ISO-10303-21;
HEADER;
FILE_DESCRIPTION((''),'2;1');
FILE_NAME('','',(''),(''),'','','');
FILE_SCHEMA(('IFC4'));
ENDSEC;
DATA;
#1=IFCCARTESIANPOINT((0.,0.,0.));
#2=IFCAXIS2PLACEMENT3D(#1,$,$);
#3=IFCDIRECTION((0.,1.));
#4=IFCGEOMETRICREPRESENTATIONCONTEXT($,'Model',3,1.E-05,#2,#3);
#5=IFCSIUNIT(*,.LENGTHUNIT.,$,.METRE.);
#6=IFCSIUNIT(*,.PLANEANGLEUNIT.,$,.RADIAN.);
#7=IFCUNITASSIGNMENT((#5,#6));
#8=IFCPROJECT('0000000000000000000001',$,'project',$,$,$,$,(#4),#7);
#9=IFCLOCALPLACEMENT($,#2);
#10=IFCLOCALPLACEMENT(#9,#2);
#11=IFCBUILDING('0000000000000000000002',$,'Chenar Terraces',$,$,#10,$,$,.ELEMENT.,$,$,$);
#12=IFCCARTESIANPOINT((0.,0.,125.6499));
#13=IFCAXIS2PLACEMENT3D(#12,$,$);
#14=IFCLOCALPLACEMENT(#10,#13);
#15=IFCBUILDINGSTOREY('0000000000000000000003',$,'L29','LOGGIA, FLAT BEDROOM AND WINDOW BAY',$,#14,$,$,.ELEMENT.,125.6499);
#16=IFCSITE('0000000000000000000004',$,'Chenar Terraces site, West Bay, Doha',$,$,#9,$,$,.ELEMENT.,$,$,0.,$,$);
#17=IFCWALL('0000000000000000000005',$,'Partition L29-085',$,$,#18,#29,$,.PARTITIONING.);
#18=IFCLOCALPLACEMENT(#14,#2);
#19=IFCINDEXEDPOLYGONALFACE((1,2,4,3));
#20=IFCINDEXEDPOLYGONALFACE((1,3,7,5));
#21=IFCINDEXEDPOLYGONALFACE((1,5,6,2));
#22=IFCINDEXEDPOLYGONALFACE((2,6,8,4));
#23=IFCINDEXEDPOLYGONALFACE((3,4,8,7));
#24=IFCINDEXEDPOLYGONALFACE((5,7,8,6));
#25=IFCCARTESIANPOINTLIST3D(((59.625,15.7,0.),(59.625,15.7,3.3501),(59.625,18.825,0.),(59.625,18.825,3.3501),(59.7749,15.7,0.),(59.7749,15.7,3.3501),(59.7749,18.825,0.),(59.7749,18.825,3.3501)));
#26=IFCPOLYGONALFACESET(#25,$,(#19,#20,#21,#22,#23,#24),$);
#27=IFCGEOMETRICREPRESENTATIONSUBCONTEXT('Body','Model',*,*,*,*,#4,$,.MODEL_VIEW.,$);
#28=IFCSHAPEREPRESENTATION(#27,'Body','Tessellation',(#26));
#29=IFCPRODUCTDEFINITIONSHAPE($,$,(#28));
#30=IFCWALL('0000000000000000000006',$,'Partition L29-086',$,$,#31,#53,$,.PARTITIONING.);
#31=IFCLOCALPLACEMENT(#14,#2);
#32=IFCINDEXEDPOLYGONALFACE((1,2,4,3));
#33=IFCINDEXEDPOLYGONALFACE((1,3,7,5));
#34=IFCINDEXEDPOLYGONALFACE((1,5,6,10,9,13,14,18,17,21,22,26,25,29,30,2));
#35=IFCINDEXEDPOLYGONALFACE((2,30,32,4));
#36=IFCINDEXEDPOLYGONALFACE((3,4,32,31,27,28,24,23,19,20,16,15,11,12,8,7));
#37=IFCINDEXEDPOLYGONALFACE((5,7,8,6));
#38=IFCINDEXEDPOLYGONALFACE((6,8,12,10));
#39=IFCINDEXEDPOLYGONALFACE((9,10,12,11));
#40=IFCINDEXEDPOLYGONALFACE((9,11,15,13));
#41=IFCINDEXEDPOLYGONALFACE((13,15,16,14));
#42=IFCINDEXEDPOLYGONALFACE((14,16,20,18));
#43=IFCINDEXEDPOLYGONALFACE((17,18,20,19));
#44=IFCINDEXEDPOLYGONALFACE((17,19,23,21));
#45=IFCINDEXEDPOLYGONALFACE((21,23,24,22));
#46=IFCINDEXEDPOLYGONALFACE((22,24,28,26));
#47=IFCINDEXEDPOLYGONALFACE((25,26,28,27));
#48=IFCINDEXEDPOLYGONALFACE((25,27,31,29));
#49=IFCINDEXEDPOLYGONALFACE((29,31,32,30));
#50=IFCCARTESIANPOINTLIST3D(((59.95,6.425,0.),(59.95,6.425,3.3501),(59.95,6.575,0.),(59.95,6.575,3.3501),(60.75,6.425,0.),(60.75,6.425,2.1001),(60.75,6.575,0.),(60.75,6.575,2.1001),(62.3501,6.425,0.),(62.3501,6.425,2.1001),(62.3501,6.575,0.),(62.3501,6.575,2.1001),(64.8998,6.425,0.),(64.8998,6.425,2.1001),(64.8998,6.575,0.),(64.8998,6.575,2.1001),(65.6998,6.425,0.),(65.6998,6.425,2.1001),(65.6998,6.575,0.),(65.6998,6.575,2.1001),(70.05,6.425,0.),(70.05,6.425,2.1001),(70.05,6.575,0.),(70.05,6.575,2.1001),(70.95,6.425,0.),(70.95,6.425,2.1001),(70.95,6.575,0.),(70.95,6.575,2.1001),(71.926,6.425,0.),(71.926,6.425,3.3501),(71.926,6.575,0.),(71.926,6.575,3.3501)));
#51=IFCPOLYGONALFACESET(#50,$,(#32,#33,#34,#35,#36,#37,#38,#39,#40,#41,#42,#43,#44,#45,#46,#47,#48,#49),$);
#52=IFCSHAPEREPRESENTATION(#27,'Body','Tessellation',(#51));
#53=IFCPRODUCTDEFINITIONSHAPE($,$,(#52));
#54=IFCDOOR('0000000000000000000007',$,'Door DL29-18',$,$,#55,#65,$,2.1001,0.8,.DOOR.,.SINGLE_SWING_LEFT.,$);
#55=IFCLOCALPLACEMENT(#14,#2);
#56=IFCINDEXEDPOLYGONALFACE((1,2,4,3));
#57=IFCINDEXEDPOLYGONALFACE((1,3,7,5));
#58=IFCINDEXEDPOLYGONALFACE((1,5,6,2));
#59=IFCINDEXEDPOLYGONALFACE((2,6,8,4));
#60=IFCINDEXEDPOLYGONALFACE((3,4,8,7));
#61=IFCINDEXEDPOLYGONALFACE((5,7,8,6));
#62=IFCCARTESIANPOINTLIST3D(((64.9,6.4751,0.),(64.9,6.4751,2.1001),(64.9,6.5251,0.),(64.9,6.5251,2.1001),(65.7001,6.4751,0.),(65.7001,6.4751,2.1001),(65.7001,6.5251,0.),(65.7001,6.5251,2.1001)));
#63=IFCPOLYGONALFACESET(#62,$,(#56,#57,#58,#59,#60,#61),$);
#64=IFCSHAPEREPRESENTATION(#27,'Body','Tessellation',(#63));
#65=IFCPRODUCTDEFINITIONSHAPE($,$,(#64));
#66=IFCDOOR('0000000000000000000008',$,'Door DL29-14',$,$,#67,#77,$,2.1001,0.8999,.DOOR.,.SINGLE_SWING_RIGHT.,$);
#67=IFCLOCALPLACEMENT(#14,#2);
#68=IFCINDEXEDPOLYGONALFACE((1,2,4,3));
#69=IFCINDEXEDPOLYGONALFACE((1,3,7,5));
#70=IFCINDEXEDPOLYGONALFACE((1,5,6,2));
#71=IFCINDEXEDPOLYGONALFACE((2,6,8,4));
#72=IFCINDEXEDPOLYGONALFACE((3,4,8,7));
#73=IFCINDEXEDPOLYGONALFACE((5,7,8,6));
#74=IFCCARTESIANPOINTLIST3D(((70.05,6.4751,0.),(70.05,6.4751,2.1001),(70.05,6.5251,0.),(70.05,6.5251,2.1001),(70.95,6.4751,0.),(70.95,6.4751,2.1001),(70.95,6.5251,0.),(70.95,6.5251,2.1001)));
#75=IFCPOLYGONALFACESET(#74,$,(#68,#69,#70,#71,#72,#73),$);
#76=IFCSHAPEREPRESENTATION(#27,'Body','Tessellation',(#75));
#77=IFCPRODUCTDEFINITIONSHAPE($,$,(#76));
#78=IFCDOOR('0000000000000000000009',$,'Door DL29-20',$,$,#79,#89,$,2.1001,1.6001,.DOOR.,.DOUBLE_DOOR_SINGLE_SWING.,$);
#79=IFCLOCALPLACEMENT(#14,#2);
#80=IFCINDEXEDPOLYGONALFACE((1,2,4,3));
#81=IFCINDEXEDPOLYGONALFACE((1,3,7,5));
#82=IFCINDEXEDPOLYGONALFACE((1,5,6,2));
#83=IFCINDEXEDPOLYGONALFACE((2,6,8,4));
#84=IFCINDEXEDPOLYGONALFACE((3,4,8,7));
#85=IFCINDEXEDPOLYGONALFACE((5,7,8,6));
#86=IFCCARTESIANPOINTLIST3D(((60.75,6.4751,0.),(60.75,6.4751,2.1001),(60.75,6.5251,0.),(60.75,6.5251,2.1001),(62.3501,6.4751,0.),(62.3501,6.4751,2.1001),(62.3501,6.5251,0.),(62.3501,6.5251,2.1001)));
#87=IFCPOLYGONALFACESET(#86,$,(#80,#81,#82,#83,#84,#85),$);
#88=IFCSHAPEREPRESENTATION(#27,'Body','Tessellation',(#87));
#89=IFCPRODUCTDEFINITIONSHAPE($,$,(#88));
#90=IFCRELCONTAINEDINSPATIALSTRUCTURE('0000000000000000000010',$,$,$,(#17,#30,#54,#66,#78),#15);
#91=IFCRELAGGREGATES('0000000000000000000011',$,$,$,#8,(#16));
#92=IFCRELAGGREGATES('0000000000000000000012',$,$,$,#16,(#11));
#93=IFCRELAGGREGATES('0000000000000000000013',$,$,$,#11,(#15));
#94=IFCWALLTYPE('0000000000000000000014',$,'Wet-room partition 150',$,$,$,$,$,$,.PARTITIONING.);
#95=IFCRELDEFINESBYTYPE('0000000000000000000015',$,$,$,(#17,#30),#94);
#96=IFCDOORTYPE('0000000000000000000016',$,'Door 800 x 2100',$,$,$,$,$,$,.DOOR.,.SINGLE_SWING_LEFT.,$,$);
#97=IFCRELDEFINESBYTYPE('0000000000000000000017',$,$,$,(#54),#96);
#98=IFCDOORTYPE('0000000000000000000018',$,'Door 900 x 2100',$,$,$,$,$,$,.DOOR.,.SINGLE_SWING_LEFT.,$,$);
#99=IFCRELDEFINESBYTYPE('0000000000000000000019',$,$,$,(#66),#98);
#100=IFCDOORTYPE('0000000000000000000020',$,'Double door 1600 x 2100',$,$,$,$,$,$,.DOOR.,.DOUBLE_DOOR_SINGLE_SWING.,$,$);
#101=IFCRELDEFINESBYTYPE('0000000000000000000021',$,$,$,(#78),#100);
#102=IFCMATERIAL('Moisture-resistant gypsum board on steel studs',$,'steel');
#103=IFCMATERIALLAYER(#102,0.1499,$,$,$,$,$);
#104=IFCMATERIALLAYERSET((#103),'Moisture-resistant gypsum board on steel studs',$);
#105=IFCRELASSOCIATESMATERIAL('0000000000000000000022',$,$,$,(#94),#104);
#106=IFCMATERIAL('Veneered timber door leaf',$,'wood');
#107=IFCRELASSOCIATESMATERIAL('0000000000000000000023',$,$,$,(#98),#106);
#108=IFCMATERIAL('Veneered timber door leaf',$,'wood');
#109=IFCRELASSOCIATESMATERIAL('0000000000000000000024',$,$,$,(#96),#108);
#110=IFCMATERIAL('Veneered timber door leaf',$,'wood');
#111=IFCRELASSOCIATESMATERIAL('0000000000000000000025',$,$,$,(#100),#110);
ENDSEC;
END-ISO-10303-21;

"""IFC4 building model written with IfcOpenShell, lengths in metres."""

from ifc_helpers import new_model, si_unit, direction, frame, frame_2d, origin, place, context, subcontext, project, spatial, rectangle, extrude, material, layer, layer_set, type_object, element, fill, save


model = new_model("IFC4")

# Units and contexts
model_context = context("Model", 3, precision=1e-05, world=origin(), true_north=direction((0.0, 1.0)))
body_context = subcontext(model_context, "Body", "Model", "MODEL_VIEW")
ifc_project = project(units=[si_unit("LENGTHUNIT", "METRE"), si_unit("PLANEANGLEUNIT", "RADIAN")], contexts=[model_context])

# Site, building, storey
site_placement = place(None, origin())
site = spatial("IfcSite", under=ifc_project, at=site_placement, Name="Chenar Terraces site, West Bay, Doha", CompositionType="ELEMENT", RefElevation=0.0)
building_placement = place(site_placement, origin())
building = spatial("IfcBuilding", under=site, at=building_placement, Name="Chenar Terraces", CompositionType="ELEMENT")
storey_placement = place(building_placement, frame((0.0, 0.0, 125.6499)))
storey = spatial("IfcBuildingStorey", under=building, at=storey_placement, Name="L29", Description="LOGGIA, FLAT BEDROOM AND WINDOW BAY", CompositionType="ELEMENT", Elevation=125.6499)

# Shared definitions
ifc_material_1 = material(Name="Moisture-resistant gypsum board on steel studs", Category="steel")
ifc_layer_1 = layer(ifc_material_1, 0.1499)
ifc_layer_set_1 = layer_set([ifc_layer_1], Name="Moisture-resistant gypsum board on steel studs")
wall_type_1 = type_object("IfcWallType", Name="Wet-room partition 150", PredefinedType="PARTITIONING", material=ifc_layer_set_1)

# Shared definitions
ifc_material_2 = material(Name="Veneered timber door leaf", Category="wood")
door_type_1 = type_object("IfcDoorType", Name="Door 900 x 2100", OperationType="SINGLE_SWING_LEFT", PredefinedType="DOOR", material=ifc_material_2)

# Shared definitions
ifc_material_3 = material(Name="Veneered timber door leaf", Category="wood")
door_type_2 = type_object("IfcDoorType", Name="Door 800 x 2100", OperationType="SINGLE_SWING_LEFT", PredefinedType="DOOR", material=ifc_material_3)

# Wall
wall_1_placement = place(storey_placement, frame((59.7, 15.7, 0.0), z_axis=(0.0, 0.0, 1.0), x_axis=(0.0, 1.0, 0.0)))
element("IfcWall", 1, at=wall_1_placement, inside=storey, type_object=wall_type_1, Name="Partition L29-085", PredefinedType="PARTITIONING", context=body_context, shape_type="SweptSolid", body=[
    extrude(rectangle(XDim=3.125, YDim=0.1499, at=frame_2d((1.5625, 0.0))), origin(), (0.0, 0.0, 1.0), 3.3501),
])

# Wall, openings, doors
wall_2_placement = place(storey_placement, frame((59.95, 6.5, 0.0), z_axis=(0.0, 0.0, 1.0), x_axis=(1.0, 0.0, 0.0)))
wall_2 = element("IfcWall", 2, at=wall_2_placement, inside=storey, type_object=wall_type_1, Name="Partition L29-086", PredefinedType="PARTITIONING", context=body_context, shape_type="SweptSolid", body=[
    extrude(rectangle(XDim=11.9761, YDim=0.1499, at=frame_2d((5.988, 0.0))), origin(), (0.0, 0.0, 1.0), 3.3501),
])
opening_1_placement = place(wall_2_placement, frame((10.1001, 0.0, 0.0)))
opening_1 = element("IfcOpeningElement", 3, at=opening_1_placement, cuts=wall_2, PredefinedType="OPENING", context=body_context, shape_type="SweptSolid", body=[
    extrude(rectangle(XDim=0.8999, YDim=2.1001, at=frame_2d((0.45, 1.05))), frame((0.0, 0.085, 0.0), z_axis=(0.0, -1.0, 0.0), x_axis=(1.0, 0.0, 0.0)), (0.0, 0.0, 1.0), 0.1699),
])
opening_2_placement = place(wall_2_placement, frame((4.95, 0.0, 0.0)))
opening_2 = element("IfcOpeningElement", 4, at=opening_2_placement, cuts=wall_2, PredefinedType="OPENING", context=body_context, shape_type="SweptSolid", body=[
    extrude(rectangle(XDim=0.8, YDim=2.1001, at=frame_2d((0.3999, 1.05))), frame((0.0, 0.085, 0.0), z_axis=(0.0, -1.0, 0.0), x_axis=(1.0, 0.0, 0.0)), (0.0, 0.0, 1.0), 0.1699),
])
opening_3_placement = place(wall_2_placement, frame((0.8, 0.0, 0.0)))
opening_3 = element("IfcOpeningElement", 5, at=opening_3_placement, cuts=wall_2, PredefinedType="OPENING", context=body_context, shape_type="SweptSolid", body=[
    extrude(rectangle(XDim=1.6001, YDim=2.1001, at=frame_2d((0.8, 1.05))), frame((0.0, 0.085, 0.0), z_axis=(0.0, -1.0, 0.0), x_axis=(1.0, 0.0, 0.0)), (0.0, 0.0, 1.0), 0.1699),
])
door_1_placement = place(opening_2_placement, frame((0.8, 0.0, 0.0), z_axis=(0.0, 0.0, 1.0), x_axis=(-1.0, 0.0, 0.0)))
door_1 = element("IfcDoor", 6, at=door_1_placement, inside=storey, type_object=door_type_2, Name="Door DL29-18", OperationType="SINGLE_SWING_LEFT", OverallHeight=2.1001, OverallWidth=0.8, PredefinedType="DOOR", context=body_context, shape_type="SweptSolid", body=[
    extrude(rectangle(XDim=0.8, YDim=2.1001, at=frame_2d((0.3999, 1.05))), frame((0.0, 0.0249, 0.0), z_axis=(0.0, -1.0, 0.0), x_axis=(1.0, 0.0, 0.0)), (0.0, 0.0, 1.0), 0.05),
])
fill(opening_2, door_1)
door_2_placement = place(opening_1_placement, frame((0.8999, 0.0, 0.0), z_axis=(0.0, 0.0, 1.0), x_axis=(-1.0, 0.0, 0.0)))
door_2 = element("IfcDoor", 7, at=door_2_placement, inside=storey, type_object=door_type_1, Name="Door DL29-14", OperationType="SINGLE_SWING_RIGHT", OverallHeight=2.1001, OverallWidth=0.8999, PredefinedType="DOOR", context=body_context, shape_type="SweptSolid", body=[
    extrude(rectangle(XDim=0.8999, YDim=2.1001, at=frame_2d((0.45, 1.05))), frame((0.0, 0.0249, 0.0), z_axis=(0.0, -1.0, 0.0), x_axis=(1.0, 0.0, 0.0)), (0.0, 0.0, 1.0), 0.05),
])
fill(opening_1, door_2)
ifc_material_4 = material(Name="Veneered timber door leaf", Category="wood")
door_type_3 = type_object("IfcDoorType", Name="Double door 1600 x 2100", OperationType="DOUBLE_DOOR_SINGLE_SWING", PredefinedType="DOOR", material=ifc_material_4)
door_3_placement = place(opening_3_placement, frame((1.6001, 0.0, 0.0), z_axis=(0.0, 0.0, 1.0), x_axis=(-1.0, 0.0, 0.0)))
door_3 = element("IfcDoor", 8, at=door_3_placement, inside=storey, type_object=door_type_3, Name="Door DL29-20", OperationType="DOUBLE_DOOR_SINGLE_SWING", OverallHeight=2.1001, OverallWidth=1.6001, PredefinedType="DOOR", context=body_context, shape_type="SweptSolid", body=[
    extrude(rectangle(XDim=1.6001, YDim=2.1001, at=frame_2d((0.8, 1.05))), frame((0.0, 0.0249, 0.0), z_axis=(0.0, -1.0, 0.0), x_axis=(1.0, 0.0, 0.0)), (0.0, 0.0, 1.0), 0.05),
])
fill(opening_3, door_3)

save(model, "model.ifc")
